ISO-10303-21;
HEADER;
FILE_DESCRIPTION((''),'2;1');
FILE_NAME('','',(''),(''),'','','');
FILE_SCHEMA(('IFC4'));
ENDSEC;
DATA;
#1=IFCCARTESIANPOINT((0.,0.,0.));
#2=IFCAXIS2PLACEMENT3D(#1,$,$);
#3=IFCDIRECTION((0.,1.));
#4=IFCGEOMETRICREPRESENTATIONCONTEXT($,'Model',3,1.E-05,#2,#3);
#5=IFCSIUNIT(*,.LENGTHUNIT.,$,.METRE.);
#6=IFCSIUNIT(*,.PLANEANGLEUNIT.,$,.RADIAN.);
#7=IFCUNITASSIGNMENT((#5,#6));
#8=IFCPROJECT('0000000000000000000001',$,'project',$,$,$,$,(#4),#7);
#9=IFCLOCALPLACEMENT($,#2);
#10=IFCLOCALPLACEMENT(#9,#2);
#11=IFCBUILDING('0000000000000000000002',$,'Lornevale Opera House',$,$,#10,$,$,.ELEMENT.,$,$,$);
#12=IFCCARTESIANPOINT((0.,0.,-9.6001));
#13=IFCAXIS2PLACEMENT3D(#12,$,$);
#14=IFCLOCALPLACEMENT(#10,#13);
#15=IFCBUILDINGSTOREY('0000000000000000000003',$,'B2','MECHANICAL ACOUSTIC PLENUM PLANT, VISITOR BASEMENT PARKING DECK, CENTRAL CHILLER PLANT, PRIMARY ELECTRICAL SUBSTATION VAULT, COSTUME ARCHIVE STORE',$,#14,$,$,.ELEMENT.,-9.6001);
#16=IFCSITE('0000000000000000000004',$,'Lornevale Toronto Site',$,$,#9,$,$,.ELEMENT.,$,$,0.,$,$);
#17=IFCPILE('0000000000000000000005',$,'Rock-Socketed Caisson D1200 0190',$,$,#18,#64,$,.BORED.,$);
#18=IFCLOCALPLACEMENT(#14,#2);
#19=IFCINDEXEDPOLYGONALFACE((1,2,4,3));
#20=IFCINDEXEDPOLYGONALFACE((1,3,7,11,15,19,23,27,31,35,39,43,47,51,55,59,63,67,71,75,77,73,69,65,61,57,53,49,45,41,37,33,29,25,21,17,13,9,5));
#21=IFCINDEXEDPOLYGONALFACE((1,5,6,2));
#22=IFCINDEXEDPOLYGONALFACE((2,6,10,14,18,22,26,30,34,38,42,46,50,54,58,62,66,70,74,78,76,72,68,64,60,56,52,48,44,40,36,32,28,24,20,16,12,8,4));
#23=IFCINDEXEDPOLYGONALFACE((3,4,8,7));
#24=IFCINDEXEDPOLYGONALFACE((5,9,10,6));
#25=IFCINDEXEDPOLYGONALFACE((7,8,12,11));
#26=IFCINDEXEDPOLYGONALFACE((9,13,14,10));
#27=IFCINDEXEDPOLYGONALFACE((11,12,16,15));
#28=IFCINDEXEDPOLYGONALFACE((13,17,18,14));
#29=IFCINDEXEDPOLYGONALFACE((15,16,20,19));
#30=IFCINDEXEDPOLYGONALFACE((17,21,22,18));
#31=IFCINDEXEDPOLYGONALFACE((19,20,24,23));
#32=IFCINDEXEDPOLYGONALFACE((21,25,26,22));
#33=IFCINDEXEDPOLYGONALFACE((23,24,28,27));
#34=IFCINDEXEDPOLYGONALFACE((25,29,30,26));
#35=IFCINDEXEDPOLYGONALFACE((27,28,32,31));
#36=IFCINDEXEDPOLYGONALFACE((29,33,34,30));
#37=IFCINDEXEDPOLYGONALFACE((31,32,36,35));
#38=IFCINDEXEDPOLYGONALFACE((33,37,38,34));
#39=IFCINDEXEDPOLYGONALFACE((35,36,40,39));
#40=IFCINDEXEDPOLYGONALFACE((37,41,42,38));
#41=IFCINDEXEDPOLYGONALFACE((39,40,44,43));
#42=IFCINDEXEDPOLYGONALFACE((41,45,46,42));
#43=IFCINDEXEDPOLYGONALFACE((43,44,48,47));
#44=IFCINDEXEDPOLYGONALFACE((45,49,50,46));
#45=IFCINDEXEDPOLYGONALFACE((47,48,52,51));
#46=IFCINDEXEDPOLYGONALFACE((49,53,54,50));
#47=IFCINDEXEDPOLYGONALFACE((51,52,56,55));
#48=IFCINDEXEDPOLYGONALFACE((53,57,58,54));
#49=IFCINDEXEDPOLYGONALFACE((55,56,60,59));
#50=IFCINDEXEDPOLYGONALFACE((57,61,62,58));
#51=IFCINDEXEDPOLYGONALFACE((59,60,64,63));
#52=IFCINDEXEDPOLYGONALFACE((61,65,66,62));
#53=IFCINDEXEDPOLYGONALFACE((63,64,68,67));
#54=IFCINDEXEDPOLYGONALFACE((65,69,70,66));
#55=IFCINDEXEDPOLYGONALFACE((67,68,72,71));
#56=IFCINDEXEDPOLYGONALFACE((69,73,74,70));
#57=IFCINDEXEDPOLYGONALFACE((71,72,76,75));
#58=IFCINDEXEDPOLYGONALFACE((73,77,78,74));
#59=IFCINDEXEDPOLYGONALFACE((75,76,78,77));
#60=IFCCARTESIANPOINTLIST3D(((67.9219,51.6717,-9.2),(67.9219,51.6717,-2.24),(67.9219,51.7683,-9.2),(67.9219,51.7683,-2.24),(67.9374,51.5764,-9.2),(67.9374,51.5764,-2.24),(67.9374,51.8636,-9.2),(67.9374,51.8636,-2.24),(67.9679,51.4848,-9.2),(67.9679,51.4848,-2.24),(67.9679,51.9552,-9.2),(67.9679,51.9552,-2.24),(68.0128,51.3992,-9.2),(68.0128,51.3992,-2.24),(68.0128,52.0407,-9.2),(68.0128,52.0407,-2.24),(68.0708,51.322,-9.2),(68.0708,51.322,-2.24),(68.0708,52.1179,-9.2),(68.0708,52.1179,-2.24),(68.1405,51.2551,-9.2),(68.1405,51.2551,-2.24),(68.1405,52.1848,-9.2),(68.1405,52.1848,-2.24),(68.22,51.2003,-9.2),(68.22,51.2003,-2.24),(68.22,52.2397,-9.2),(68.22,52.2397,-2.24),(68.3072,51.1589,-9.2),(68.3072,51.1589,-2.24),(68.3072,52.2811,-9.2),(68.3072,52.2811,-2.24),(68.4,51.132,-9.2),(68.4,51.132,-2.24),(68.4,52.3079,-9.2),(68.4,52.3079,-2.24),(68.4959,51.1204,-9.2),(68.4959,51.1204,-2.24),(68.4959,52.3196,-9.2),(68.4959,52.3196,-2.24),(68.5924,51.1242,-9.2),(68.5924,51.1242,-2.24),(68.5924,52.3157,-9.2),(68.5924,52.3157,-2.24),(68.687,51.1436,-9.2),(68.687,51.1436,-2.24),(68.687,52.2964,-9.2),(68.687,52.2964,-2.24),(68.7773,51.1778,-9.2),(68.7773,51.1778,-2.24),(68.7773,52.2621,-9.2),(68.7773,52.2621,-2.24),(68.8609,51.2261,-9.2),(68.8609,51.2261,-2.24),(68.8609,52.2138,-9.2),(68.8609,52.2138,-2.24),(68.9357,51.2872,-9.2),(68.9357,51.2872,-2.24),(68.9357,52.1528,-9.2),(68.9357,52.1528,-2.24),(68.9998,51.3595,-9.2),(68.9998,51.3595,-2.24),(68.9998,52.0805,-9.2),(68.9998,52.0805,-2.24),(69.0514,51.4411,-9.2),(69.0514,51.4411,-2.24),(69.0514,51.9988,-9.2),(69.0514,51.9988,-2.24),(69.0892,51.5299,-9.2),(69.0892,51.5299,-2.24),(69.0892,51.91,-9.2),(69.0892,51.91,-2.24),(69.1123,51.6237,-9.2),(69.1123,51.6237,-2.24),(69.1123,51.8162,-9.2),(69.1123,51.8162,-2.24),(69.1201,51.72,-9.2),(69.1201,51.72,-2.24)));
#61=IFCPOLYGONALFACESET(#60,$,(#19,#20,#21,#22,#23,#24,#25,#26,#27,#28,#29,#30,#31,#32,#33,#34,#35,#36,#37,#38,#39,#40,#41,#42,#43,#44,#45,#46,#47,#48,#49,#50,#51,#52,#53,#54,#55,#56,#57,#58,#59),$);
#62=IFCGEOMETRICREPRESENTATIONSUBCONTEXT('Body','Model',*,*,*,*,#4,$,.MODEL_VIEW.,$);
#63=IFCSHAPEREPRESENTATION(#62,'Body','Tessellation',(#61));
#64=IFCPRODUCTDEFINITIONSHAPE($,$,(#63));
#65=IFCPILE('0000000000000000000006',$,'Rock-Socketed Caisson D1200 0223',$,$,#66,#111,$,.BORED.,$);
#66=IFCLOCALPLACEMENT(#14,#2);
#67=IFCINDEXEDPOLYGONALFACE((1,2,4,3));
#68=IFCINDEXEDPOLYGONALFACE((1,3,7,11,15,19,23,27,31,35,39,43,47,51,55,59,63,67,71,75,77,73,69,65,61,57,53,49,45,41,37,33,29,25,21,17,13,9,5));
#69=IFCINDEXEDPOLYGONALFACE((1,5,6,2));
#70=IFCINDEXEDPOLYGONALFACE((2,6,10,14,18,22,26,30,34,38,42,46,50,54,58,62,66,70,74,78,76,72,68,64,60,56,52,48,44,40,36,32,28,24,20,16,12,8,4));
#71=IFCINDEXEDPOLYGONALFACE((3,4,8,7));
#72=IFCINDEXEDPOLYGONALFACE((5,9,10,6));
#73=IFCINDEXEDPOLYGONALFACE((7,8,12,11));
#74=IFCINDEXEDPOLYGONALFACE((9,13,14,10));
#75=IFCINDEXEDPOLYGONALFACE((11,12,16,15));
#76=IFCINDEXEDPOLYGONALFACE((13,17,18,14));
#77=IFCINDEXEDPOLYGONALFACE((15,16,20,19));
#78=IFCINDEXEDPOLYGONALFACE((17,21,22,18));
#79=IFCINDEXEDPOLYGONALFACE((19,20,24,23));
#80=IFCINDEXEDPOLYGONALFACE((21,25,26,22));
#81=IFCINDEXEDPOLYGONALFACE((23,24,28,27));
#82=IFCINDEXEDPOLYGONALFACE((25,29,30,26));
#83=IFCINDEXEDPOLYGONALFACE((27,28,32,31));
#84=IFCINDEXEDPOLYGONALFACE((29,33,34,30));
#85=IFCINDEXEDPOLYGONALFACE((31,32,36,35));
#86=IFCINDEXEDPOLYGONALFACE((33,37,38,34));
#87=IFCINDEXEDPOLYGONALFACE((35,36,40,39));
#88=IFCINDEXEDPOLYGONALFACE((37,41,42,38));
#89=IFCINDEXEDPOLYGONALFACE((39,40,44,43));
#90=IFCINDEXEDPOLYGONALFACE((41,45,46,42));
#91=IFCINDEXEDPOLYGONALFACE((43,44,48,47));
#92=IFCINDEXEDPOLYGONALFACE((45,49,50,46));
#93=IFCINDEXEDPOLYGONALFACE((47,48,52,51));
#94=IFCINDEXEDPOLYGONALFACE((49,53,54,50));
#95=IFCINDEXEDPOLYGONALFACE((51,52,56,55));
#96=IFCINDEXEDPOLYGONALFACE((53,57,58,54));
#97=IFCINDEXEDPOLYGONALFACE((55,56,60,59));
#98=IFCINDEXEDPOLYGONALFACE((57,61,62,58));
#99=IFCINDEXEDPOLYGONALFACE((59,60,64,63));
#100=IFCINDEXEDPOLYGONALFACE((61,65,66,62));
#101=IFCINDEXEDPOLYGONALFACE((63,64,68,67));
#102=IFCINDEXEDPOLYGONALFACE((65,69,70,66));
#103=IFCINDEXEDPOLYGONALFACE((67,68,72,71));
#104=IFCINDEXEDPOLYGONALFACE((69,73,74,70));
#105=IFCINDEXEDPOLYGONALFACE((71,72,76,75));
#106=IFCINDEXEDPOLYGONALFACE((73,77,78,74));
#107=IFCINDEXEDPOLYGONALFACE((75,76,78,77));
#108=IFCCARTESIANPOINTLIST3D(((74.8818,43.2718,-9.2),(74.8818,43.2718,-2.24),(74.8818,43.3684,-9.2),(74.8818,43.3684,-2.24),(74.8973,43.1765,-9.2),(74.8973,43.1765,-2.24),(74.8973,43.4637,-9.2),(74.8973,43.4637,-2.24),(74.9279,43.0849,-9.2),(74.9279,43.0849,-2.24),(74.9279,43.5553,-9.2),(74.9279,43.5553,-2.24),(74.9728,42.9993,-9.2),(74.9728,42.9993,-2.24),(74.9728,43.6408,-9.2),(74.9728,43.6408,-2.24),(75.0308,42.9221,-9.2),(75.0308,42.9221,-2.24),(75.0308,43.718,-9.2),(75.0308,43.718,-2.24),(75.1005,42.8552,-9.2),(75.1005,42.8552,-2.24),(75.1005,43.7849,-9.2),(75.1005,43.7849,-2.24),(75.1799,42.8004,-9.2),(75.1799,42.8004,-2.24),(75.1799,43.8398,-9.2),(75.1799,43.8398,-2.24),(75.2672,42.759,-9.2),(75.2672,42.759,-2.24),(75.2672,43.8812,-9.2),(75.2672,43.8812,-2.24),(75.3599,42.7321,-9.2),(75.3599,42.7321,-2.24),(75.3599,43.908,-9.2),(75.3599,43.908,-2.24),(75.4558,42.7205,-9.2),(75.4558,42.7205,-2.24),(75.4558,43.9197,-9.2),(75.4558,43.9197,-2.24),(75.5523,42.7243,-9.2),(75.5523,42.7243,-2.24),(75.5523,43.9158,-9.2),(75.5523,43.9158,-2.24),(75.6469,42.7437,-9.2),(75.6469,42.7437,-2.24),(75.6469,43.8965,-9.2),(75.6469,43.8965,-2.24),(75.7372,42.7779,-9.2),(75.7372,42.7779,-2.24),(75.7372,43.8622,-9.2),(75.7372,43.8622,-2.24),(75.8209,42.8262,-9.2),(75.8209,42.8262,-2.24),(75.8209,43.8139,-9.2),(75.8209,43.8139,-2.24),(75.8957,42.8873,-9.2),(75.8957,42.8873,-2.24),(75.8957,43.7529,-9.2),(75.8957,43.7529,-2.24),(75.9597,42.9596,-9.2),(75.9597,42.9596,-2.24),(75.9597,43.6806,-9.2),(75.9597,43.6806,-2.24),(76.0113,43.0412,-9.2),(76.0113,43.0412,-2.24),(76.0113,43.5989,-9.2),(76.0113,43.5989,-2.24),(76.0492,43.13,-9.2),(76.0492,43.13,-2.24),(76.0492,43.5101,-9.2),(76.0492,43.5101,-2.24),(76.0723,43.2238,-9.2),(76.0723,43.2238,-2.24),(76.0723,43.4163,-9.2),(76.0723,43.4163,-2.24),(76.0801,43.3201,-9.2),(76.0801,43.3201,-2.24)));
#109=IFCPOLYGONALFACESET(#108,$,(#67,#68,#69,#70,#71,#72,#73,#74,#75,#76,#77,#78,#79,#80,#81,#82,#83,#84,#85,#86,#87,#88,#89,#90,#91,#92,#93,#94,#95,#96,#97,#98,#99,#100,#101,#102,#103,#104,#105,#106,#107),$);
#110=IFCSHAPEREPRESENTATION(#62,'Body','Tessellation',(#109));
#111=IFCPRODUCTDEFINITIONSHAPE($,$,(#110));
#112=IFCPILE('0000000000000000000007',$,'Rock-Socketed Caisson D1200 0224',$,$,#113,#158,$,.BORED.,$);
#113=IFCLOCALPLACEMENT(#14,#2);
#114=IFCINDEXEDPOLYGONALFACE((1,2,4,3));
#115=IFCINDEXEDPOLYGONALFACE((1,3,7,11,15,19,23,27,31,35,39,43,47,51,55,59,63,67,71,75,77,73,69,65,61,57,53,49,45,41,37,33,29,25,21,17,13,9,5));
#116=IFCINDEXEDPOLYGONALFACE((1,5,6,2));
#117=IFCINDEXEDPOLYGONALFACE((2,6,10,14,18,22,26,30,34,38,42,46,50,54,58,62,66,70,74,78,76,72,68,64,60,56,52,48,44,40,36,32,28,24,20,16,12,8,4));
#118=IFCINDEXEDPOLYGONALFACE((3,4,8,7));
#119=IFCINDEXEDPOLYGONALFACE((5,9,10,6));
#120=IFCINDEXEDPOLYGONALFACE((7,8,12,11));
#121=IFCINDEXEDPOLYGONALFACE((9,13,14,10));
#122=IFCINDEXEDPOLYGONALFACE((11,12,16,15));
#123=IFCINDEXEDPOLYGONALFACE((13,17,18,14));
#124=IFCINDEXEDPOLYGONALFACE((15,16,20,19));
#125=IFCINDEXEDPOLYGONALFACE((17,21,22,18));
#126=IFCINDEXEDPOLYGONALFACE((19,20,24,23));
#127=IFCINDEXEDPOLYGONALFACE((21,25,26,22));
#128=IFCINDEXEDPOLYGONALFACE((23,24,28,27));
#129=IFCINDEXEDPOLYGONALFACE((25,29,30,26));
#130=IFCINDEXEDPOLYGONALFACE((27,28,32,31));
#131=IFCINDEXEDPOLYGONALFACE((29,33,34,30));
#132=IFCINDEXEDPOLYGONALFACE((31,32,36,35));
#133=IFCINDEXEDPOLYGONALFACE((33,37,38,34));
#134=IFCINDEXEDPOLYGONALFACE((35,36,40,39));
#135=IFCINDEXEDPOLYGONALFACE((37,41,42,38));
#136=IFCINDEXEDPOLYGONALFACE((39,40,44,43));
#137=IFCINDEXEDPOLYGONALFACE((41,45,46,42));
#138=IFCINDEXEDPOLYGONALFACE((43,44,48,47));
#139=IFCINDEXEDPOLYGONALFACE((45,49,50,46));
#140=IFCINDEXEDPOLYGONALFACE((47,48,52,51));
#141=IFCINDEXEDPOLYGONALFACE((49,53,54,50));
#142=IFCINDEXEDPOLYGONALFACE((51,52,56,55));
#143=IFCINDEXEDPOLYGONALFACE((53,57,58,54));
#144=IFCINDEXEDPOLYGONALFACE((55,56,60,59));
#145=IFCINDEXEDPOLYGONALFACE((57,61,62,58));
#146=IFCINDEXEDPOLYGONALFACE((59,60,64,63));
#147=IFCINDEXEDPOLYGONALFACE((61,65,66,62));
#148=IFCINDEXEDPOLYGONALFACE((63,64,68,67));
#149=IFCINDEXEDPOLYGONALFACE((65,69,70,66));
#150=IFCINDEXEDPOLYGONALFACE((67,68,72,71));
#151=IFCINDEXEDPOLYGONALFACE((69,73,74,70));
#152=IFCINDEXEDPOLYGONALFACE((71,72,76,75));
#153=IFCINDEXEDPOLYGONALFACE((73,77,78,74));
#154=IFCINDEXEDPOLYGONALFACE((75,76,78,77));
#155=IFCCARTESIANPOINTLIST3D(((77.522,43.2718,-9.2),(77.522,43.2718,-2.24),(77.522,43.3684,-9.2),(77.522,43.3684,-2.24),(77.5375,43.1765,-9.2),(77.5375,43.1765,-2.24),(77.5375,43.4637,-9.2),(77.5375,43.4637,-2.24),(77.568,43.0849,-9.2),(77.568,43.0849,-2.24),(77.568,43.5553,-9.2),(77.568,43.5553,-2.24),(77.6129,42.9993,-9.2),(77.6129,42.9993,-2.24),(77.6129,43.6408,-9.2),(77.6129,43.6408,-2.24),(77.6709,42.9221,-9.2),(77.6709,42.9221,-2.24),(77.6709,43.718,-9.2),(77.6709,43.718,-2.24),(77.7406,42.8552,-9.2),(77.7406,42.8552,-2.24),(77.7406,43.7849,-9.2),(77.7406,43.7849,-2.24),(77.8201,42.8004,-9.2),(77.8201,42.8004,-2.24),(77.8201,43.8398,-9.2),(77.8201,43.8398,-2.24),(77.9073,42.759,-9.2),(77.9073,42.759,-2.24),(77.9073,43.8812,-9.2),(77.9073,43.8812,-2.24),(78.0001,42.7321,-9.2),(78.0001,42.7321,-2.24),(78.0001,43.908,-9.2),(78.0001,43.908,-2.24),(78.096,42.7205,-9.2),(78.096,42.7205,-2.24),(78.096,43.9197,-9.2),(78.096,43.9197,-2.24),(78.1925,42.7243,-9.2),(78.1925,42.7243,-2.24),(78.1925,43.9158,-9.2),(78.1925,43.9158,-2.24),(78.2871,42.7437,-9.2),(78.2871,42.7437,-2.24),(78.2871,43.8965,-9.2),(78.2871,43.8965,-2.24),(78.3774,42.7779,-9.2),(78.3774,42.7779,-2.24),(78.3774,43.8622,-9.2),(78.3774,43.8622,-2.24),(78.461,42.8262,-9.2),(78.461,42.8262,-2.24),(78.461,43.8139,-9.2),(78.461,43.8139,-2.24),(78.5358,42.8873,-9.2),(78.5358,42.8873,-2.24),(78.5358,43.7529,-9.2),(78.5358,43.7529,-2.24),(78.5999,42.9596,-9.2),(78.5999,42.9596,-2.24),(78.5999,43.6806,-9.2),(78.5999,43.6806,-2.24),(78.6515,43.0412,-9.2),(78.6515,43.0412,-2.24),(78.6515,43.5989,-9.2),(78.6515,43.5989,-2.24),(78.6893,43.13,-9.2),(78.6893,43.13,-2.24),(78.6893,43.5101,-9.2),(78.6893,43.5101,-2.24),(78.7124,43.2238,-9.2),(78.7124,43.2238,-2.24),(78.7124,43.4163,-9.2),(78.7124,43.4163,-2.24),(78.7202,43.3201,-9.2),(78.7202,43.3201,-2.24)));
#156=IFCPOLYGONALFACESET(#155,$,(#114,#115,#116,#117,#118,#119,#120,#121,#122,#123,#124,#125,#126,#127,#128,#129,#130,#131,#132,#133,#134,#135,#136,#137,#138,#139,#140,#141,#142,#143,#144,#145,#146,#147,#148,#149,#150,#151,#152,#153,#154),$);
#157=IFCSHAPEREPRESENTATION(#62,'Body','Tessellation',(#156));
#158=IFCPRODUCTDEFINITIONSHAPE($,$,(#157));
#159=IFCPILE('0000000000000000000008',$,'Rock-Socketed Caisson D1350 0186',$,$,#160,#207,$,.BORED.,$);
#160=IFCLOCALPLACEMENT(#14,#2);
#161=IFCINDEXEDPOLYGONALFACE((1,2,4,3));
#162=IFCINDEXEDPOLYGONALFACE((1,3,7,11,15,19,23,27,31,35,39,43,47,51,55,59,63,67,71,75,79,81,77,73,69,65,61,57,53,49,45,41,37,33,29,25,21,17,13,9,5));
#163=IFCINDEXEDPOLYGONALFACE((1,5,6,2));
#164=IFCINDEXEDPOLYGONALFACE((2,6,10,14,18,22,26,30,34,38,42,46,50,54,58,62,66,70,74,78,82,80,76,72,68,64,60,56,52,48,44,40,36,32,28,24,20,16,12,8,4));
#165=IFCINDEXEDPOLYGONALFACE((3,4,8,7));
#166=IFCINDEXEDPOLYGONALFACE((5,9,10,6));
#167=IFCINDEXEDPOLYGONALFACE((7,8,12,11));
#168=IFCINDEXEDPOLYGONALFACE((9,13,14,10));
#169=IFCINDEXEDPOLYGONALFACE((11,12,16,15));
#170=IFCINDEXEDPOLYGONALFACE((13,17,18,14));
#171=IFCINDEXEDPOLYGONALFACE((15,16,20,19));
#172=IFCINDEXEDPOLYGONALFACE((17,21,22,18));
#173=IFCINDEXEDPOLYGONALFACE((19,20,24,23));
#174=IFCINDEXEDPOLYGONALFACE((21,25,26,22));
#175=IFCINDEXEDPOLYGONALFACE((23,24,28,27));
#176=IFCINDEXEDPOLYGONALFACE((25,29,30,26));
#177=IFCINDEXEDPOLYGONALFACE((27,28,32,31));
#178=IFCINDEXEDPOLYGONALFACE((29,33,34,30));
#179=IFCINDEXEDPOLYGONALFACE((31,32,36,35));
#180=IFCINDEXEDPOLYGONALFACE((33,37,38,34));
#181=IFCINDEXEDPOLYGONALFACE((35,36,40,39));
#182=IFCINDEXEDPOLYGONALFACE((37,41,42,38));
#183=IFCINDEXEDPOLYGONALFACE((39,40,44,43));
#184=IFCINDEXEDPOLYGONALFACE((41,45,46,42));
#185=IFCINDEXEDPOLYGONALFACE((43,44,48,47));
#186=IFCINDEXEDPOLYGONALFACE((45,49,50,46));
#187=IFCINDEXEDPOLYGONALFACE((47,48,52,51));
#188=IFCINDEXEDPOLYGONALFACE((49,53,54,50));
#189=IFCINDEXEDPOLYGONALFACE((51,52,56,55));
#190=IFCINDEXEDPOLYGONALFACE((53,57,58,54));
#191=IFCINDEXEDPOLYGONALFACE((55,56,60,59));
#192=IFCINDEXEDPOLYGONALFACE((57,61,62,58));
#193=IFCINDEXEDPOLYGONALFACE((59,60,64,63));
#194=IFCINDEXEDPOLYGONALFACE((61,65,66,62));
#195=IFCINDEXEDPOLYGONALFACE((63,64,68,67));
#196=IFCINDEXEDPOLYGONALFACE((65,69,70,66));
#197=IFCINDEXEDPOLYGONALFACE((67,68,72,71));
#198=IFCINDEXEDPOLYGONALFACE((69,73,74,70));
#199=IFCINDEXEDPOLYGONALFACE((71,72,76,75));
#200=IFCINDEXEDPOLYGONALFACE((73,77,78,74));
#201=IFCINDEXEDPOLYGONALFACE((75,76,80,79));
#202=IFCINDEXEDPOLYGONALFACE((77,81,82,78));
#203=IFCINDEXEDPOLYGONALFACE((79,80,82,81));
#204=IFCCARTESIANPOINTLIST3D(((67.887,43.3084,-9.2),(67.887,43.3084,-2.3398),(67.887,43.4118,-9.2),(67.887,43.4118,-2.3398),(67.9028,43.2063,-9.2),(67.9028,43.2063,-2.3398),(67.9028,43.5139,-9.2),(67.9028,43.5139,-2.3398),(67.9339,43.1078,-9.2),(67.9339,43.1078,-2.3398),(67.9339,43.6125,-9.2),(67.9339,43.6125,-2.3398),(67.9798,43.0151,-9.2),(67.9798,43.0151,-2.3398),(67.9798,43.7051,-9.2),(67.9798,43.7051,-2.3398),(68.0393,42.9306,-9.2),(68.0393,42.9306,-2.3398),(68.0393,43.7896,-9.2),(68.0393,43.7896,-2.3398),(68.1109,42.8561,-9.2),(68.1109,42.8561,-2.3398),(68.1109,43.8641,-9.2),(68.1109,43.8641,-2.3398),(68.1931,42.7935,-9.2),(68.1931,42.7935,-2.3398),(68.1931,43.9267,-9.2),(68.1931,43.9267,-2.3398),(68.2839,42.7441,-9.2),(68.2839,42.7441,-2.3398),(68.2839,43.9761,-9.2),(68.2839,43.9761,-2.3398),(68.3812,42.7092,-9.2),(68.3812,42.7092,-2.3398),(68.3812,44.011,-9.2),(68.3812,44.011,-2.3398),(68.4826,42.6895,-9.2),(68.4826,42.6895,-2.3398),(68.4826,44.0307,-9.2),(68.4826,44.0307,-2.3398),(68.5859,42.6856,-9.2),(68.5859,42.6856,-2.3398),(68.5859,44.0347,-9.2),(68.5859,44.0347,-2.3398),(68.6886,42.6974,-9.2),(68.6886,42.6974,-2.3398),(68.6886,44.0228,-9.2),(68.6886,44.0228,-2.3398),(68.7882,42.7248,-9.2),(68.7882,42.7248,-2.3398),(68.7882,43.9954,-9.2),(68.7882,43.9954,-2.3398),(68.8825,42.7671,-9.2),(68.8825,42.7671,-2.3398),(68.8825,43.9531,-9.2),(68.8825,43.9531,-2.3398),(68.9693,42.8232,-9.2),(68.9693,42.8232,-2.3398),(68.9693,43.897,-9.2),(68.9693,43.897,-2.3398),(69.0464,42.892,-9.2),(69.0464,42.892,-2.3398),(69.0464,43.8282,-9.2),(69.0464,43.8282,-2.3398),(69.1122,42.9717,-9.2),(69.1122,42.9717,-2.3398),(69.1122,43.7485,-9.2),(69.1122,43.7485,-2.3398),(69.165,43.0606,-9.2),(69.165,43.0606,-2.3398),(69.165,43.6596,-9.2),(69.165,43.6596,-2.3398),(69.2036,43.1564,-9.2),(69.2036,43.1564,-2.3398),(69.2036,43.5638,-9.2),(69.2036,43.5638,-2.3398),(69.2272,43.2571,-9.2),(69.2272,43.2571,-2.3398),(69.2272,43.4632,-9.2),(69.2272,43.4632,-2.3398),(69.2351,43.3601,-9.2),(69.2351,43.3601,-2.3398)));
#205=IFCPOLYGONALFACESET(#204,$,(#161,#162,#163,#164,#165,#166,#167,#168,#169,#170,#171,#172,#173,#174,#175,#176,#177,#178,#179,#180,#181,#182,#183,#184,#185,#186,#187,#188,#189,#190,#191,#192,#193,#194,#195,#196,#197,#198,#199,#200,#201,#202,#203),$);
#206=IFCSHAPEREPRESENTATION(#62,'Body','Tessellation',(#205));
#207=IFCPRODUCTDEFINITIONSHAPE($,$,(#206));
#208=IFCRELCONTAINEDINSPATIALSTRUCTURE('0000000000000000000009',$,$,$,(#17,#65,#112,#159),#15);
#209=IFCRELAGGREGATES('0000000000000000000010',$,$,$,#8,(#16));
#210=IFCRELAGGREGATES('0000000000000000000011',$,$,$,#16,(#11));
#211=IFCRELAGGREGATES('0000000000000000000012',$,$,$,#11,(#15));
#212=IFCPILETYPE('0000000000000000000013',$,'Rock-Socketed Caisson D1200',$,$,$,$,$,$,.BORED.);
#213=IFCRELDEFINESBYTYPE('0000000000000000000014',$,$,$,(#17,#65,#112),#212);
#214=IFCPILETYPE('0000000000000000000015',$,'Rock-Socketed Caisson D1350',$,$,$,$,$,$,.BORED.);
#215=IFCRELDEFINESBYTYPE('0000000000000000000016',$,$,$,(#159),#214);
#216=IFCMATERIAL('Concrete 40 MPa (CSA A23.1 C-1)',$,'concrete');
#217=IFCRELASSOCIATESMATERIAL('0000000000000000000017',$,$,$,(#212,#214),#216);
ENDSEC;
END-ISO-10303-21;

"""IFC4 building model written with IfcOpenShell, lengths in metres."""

from ifc_helpers import new_model, si_unit, direction, frame, origin, origin_2d, place, context, subcontext, project, spatial, circle, extrude, material, material_profile, profile_set, type_object, element, save


model = new_model("IFC4")

# Units and contexts
model_context = context("Model", 3, precision=1e-05, world=origin(), true_north=direction((0.0, 1.0)))
body_context = subcontext(model_context, "Body", "Model", "MODEL_VIEW")
ifc_project = project(units=[si_unit("LENGTHUNIT", "METRE"), si_unit("PLANEANGLEUNIT", "RADIAN")], contexts=[model_context])

# Site, building, storey
site_placement = place(None, origin())
site = spatial("IfcSite", under=ifc_project, at=site_placement, Name="Lornevale Toronto Site", CompositionType="ELEMENT", RefElevation=0.0)
building_placement = place(site_placement, origin())
building = spatial("IfcBuilding", under=site, at=building_placement, Name="Lornevale Opera House", CompositionType="ELEMENT")
storey_placement = place(building_placement, frame((0.0, 0.0, -9.6001)))
storey = spatial("IfcBuildingStorey", under=building, at=storey_placement, Name="B2", Description="MECHANICAL ACOUSTIC PLENUM PLANT, VISITOR BASEMENT PARKING DECK, CENTRAL CHILLER PLANT, PRIMARY ELECTRICAL SUBSTATION VAULT, COSTUME ARCHIVE STORE", CompositionType="ELEMENT", Elevation=-9.6001)

# Piles
ifc_material_1 = material(Name="Concrete 40 MPa (CSA A23.1 C-1)", Category="concrete")
ifc_material_profile_1 = material_profile(ifc_material_1, circle(Radius=0.6001, at=origin_2d()), Name="CAIS1200")
ifc_profile_set_1 = profile_set([ifc_material_profile_1], Name="Concrete 40 MPa (CSA A23.1 C-1)")
pile_type_1 = type_object("IfcPileType", Name="Rock-Socketed Caisson D1200", PredefinedType="BORED", material=ifc_profile_set_1)
for number, where, z_axis, x_axis, name in (
    (1, (68.52, 51.72, -2.24), (0.0, 0.0, -1.0), (1.0, 0.0, 0.0), "Rock-Socketed Caisson D1200 0190"),
    (2, (75.48, 43.3201, -2.24), (0.0, 0.0, -1.0), (1.0, 0.0, 0.0), "Rock-Socketed Caisson D1200 0223"),
    (3, (78.1201, 43.3201, -2.24), (0.0, 0.0, -1.0), (1.0, 0.0, 0.0), "Rock-Socketed Caisson D1200 0224"),
):
    element("IfcPile", number, at=place(storey_placement, frame(where, z_axis=z_axis, x_axis=x_axis)), inside=storey, type_object=pile_type_1, Name=name, PredefinedType="BORED", context=body_context, shape_type="SweptSolid", body=[
        extrude(circle(Radius=0.6001, at=origin_2d()), origin(), (0.0, 0.0, 1.0), 6.96),
    ])
ifc_material_profile_2 = material_profile(ifc_material_1, circle(Radius=0.675, at=origin_2d()), Name="CAIS1350")
ifc_profile_set_2 = profile_set([ifc_material_profile_2], Name="Concrete 40 MPa (CSA A23.1 C-1)")
pile_type_2 = type_object("IfcPileType", Name="Rock-Socketed Caisson D1350", PredefinedType="BORED", material=ifc_profile_set_2)
pile_placement = place(storey_placement, frame((68.5601, 43.3601, -2.3398), z_axis=(0.0, 0.0, -1.0), x_axis=(1.0, 0.0, 0.0)))
element("IfcPile", 4, at=pile_placement, inside=storey, type_object=pile_type_2, Name="Rock-Socketed Caisson D1350 0186", PredefinedType="BORED", context=body_context, shape_type="SweptSolid", body=[
    extrude(circle(Radius=0.675, at=origin_2d()), origin(), (0.0, 0.0, 1.0), 6.8601),
])

save(model, "model.ifc")
